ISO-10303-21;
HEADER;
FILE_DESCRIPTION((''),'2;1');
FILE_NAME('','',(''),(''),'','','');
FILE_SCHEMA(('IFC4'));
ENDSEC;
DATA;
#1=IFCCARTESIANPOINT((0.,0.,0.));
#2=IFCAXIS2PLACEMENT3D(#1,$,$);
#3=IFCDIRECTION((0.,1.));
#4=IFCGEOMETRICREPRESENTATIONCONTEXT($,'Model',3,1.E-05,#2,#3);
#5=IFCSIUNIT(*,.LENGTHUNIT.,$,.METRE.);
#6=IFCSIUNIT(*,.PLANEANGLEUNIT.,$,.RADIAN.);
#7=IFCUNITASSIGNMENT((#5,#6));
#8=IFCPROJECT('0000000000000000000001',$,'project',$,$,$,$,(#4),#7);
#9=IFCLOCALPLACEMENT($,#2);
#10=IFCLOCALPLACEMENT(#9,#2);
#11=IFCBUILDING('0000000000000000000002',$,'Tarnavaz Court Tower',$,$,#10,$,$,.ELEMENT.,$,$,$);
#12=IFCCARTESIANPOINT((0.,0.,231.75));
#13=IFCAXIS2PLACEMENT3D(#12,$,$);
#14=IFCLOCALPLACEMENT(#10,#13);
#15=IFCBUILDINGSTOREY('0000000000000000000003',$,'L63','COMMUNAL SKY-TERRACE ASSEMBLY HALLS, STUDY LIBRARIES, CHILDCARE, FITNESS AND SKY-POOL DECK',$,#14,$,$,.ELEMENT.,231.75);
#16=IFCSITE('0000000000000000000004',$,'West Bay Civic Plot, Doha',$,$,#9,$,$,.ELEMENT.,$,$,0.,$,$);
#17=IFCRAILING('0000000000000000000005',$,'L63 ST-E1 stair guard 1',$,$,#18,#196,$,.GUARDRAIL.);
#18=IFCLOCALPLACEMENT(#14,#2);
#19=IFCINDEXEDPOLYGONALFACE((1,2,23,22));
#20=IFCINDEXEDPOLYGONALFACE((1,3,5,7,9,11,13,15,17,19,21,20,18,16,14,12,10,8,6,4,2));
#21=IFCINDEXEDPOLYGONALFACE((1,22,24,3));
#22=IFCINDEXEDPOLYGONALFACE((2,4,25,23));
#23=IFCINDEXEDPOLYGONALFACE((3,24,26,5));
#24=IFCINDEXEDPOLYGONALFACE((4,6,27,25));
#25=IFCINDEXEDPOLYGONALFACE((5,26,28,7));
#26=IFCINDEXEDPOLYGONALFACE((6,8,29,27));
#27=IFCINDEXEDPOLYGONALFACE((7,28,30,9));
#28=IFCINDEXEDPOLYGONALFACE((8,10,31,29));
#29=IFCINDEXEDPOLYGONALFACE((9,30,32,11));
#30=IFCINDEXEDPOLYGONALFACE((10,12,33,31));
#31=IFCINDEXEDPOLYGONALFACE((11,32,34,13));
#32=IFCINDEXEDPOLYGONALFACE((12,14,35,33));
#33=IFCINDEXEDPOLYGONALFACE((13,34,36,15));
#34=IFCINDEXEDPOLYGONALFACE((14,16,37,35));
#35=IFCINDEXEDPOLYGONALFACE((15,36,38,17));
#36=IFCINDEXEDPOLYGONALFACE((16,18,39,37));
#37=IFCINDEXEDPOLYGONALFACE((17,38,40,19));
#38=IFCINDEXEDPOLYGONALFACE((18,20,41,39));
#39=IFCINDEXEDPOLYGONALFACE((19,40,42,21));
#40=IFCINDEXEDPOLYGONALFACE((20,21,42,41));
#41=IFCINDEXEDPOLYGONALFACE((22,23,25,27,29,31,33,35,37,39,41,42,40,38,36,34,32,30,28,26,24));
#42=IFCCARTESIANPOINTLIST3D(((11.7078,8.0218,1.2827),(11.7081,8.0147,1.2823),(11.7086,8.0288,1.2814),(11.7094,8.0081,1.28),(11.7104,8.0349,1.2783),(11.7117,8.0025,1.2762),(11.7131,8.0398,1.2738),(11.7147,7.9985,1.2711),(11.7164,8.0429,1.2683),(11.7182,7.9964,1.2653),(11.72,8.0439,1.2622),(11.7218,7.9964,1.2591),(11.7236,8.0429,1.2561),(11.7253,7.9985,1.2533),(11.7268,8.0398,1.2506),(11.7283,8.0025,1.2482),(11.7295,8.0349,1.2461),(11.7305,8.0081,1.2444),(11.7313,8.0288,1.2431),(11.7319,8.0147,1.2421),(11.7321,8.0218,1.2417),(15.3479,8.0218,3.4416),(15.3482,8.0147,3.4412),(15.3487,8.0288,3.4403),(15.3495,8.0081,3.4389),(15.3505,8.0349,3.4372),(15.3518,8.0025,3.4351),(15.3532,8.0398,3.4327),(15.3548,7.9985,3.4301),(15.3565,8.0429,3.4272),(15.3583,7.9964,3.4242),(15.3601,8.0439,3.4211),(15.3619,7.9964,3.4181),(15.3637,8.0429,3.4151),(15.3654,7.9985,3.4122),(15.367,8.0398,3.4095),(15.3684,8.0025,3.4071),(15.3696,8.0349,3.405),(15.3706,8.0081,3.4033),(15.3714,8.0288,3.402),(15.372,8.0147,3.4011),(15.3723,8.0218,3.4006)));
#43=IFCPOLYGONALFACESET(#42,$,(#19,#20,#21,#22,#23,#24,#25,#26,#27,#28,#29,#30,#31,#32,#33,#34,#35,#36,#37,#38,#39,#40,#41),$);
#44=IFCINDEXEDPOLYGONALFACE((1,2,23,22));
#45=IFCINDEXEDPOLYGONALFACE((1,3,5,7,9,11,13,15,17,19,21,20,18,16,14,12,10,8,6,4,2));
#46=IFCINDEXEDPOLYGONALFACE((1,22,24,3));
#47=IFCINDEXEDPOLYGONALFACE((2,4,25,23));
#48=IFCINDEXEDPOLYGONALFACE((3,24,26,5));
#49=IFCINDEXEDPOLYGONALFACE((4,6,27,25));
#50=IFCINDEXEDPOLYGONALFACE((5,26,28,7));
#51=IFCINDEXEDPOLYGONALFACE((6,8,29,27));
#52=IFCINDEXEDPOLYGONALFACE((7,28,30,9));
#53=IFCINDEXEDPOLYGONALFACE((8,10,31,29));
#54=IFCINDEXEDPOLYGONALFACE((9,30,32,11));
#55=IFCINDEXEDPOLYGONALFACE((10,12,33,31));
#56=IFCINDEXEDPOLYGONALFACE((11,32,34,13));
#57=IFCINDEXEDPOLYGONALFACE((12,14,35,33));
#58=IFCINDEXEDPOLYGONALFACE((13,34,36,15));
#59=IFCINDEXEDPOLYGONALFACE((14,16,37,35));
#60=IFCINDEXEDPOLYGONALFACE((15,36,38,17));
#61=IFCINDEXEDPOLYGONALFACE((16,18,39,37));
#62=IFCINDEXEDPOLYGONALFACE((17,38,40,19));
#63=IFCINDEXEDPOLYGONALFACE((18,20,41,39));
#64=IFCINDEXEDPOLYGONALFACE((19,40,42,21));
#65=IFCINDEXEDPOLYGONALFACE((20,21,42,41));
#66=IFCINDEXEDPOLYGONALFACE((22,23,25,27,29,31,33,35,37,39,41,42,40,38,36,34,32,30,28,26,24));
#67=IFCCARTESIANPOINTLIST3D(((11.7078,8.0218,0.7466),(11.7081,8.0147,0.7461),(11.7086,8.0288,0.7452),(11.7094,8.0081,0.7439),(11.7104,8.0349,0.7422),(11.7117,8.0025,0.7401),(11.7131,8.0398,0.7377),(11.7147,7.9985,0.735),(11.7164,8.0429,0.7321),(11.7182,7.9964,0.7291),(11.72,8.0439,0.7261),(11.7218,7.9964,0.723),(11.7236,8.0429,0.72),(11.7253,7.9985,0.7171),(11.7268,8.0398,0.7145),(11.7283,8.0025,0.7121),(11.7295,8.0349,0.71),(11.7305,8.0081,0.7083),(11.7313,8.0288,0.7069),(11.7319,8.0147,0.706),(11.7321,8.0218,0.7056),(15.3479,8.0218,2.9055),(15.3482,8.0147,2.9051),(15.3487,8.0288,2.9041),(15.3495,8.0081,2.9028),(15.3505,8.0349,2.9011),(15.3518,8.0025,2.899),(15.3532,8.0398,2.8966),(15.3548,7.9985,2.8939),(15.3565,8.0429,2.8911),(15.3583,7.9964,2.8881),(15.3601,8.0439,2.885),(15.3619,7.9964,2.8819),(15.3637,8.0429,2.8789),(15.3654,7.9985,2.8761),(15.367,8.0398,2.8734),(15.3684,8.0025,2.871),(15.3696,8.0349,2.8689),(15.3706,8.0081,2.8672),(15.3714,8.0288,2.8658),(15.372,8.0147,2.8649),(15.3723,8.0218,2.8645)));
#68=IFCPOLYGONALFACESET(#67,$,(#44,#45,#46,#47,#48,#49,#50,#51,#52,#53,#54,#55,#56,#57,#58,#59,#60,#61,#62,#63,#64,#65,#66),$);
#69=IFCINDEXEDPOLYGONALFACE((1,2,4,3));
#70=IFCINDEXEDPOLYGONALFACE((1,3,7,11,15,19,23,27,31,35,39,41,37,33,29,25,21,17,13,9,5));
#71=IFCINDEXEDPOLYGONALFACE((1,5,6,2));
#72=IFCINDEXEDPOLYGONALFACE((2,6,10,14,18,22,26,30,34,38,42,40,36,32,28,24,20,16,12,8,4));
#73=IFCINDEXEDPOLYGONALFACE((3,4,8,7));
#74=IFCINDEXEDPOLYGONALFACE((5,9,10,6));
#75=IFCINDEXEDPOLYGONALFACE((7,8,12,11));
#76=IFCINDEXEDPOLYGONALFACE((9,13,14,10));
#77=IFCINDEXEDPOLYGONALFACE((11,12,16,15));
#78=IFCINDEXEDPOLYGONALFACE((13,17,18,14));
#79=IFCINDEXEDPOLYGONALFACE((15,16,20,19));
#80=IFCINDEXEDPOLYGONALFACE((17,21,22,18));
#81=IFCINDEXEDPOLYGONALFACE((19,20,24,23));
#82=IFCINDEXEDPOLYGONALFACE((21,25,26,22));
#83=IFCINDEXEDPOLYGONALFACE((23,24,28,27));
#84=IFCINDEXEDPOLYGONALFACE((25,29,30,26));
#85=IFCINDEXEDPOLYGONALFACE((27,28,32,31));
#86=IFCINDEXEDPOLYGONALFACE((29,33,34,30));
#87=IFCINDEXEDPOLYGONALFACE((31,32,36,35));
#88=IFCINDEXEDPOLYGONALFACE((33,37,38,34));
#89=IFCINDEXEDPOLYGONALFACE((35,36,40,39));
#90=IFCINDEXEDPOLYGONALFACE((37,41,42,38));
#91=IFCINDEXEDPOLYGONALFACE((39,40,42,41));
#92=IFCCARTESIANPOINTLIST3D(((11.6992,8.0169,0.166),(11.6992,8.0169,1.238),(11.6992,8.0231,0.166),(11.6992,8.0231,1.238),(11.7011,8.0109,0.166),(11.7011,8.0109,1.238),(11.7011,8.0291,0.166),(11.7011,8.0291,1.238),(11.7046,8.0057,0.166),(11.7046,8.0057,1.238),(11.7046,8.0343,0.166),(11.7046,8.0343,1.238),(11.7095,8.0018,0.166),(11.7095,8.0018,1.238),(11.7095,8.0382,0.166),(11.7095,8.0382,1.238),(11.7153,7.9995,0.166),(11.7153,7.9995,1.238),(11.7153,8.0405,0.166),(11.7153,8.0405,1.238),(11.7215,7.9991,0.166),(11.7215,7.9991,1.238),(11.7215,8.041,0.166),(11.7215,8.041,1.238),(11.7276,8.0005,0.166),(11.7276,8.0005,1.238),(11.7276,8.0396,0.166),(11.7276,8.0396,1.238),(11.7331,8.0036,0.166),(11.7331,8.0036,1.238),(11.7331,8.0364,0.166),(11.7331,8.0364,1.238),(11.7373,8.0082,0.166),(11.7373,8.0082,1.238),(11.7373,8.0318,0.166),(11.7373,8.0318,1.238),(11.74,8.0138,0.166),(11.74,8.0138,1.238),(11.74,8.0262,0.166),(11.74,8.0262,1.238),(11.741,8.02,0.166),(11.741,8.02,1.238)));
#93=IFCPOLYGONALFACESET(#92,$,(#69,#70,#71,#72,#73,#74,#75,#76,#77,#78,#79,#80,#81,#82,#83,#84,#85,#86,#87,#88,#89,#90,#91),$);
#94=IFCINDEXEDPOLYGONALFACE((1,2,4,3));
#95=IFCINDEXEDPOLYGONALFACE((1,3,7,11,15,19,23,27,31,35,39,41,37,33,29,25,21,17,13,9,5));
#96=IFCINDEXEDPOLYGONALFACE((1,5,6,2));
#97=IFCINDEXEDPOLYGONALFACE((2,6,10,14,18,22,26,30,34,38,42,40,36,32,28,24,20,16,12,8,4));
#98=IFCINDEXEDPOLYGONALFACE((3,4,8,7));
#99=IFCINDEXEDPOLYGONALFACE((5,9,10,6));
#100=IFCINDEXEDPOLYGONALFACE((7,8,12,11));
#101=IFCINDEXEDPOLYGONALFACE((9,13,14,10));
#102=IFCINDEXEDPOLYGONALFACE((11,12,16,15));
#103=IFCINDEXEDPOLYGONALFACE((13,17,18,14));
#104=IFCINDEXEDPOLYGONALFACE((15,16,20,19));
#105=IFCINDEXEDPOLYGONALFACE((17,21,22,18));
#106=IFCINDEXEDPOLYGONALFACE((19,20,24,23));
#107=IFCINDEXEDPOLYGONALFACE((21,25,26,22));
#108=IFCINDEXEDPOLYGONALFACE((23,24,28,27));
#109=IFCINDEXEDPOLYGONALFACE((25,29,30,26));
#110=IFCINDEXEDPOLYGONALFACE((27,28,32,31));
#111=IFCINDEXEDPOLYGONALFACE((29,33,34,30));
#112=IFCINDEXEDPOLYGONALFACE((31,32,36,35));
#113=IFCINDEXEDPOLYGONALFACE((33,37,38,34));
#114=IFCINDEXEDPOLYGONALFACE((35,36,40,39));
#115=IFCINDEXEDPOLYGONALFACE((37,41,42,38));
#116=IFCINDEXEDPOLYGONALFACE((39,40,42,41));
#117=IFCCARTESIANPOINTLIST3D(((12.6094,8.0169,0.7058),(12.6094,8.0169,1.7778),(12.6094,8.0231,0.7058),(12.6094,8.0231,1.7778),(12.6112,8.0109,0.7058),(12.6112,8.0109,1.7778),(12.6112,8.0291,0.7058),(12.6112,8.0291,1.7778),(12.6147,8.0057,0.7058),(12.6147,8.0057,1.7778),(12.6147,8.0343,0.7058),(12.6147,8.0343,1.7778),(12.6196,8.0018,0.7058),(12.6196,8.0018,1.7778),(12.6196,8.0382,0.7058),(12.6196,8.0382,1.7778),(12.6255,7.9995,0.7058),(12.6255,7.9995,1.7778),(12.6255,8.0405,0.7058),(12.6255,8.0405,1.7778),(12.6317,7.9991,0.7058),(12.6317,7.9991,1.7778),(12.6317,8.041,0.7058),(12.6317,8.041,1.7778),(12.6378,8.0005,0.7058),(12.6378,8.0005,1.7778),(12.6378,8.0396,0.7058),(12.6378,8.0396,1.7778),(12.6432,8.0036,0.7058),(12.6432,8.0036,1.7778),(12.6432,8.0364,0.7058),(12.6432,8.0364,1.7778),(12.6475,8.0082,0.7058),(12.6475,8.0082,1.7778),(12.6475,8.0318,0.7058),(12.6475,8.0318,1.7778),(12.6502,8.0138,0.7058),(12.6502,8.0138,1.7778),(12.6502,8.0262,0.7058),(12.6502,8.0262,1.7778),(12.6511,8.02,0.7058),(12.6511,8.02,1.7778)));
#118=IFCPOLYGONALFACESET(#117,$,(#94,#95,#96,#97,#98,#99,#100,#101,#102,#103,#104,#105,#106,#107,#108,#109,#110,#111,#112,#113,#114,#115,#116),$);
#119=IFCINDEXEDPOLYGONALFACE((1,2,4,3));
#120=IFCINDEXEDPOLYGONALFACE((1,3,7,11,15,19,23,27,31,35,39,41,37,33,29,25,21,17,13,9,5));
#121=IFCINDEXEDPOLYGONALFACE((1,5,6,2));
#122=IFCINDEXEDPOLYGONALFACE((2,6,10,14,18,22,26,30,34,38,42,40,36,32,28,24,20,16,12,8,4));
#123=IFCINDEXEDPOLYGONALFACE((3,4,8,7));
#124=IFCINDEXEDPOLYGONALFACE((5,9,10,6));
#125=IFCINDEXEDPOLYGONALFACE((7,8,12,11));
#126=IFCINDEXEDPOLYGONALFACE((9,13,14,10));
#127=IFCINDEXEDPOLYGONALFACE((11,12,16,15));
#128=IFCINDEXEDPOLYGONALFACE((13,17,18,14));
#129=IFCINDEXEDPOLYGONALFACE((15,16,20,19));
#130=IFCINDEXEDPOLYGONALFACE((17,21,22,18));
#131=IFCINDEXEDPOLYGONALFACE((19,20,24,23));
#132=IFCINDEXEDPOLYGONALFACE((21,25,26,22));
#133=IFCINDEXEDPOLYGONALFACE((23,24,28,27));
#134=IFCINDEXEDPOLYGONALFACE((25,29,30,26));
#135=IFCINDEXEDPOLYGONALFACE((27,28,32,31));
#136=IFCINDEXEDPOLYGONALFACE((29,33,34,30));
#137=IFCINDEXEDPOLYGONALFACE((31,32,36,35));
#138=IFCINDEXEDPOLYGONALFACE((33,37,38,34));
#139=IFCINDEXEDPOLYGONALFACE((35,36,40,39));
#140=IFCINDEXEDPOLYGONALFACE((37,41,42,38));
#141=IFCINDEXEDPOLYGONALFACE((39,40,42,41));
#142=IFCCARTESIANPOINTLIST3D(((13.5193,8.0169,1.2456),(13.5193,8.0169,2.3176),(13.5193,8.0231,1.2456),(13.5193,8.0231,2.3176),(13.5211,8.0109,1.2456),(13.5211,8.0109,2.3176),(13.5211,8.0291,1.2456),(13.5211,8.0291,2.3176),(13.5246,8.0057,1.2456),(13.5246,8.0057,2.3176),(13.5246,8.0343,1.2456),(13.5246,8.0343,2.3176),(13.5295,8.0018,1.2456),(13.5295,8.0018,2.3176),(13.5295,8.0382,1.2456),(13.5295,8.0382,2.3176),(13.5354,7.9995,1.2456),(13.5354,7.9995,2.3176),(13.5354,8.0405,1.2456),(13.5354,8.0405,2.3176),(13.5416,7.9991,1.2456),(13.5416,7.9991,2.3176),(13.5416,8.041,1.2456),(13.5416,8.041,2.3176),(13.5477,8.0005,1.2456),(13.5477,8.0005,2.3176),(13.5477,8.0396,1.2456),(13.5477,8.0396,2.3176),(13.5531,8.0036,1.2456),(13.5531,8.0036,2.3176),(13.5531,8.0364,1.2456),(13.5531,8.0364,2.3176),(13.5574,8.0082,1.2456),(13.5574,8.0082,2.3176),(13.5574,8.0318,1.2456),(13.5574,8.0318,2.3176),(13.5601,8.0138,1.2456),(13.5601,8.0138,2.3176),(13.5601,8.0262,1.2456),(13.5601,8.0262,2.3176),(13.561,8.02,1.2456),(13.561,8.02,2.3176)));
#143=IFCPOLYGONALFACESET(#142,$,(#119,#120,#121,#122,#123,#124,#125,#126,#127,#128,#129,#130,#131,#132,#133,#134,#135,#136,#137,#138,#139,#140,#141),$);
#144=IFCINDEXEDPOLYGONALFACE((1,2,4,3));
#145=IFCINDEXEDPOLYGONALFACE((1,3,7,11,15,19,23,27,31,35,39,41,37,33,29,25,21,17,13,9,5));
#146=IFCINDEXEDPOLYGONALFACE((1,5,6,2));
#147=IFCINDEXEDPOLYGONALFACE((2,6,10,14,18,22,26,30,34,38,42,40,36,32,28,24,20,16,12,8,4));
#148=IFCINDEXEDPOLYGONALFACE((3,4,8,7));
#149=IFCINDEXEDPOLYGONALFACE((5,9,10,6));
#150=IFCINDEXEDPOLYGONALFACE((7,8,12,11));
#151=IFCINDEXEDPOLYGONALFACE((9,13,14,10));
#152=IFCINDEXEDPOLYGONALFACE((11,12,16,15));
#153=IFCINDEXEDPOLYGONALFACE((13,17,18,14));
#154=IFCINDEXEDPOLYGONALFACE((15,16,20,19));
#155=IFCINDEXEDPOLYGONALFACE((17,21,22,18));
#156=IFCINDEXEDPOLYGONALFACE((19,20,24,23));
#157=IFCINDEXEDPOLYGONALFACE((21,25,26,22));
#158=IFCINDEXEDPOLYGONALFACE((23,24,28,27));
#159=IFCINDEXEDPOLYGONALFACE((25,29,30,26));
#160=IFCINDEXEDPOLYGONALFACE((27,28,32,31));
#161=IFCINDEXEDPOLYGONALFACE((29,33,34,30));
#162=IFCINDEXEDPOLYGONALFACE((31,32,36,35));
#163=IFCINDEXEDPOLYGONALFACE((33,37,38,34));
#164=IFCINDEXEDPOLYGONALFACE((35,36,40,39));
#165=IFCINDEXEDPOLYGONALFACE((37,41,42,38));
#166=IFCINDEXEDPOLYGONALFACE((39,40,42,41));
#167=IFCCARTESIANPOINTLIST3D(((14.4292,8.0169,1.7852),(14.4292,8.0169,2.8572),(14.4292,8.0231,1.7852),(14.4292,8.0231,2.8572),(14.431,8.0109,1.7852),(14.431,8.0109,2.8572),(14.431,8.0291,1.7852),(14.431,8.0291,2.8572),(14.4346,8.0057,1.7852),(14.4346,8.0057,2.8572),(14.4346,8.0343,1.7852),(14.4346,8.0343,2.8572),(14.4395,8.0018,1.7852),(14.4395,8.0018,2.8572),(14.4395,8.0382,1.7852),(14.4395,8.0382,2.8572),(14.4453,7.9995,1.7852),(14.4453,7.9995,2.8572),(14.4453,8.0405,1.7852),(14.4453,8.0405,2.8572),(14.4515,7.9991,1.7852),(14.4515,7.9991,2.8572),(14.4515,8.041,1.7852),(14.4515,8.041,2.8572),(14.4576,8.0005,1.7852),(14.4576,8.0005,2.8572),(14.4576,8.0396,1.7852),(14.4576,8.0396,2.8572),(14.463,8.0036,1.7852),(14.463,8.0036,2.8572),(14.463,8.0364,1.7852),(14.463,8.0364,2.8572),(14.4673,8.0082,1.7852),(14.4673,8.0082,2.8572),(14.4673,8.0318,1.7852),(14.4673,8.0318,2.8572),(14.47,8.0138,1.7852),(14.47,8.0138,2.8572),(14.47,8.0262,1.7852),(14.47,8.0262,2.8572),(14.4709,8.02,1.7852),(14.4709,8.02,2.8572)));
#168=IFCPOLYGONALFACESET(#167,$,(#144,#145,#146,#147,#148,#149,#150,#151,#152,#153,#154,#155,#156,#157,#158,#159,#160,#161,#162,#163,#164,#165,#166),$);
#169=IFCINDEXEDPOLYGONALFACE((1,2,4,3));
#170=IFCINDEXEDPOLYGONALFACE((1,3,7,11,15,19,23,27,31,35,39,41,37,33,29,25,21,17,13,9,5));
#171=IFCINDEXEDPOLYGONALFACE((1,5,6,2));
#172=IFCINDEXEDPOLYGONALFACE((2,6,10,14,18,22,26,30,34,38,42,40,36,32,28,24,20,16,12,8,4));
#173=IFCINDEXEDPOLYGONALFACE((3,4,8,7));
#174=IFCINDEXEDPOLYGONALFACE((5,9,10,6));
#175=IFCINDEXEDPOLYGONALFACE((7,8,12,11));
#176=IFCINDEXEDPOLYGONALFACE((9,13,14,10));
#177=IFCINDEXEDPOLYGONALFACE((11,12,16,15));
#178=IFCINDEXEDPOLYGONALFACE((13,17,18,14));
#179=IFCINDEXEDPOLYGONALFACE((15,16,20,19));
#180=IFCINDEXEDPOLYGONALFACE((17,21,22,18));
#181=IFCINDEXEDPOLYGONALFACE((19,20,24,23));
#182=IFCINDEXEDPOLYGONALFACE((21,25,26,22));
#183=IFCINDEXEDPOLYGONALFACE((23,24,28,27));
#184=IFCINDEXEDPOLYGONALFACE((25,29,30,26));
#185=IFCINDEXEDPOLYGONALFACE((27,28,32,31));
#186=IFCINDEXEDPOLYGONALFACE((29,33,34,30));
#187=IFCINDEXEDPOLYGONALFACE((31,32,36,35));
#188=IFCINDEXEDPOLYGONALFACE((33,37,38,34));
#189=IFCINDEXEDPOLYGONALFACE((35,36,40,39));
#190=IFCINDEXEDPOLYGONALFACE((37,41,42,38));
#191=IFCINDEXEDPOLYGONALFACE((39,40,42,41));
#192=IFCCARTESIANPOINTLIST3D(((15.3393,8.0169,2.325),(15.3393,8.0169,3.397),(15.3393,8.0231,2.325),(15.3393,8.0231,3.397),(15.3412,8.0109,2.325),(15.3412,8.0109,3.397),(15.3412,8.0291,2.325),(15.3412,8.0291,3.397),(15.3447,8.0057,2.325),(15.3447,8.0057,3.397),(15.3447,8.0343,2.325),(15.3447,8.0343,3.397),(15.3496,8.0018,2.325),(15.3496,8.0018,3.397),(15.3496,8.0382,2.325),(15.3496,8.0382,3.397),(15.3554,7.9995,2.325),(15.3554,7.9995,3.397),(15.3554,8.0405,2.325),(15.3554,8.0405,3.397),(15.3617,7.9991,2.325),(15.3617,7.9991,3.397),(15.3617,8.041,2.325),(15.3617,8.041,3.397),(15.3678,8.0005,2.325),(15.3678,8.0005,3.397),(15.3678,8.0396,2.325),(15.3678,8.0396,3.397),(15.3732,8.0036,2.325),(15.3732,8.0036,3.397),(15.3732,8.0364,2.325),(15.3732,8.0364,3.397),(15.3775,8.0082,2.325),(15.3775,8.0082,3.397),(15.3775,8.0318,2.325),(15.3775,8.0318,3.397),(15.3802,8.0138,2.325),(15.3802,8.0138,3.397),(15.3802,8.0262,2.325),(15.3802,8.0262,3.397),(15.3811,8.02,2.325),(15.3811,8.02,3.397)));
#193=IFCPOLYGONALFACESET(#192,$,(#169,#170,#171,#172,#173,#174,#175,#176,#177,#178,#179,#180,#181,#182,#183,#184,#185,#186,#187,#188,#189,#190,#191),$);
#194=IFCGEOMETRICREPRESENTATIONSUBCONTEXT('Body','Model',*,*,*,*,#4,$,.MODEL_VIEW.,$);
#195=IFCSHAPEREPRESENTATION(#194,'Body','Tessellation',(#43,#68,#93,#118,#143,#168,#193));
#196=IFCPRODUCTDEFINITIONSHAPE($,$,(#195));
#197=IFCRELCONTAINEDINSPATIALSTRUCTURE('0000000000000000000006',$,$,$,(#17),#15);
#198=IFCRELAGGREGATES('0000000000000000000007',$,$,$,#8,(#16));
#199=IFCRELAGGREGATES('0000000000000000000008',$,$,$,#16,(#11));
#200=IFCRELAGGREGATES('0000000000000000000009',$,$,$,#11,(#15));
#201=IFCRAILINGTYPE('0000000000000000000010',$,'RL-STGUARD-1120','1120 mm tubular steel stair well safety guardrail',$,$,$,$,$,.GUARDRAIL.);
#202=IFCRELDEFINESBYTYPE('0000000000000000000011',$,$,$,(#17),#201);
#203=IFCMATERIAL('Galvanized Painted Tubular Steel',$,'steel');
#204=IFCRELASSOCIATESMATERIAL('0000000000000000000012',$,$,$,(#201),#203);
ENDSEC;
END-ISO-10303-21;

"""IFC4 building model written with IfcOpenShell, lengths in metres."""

from ifc_helpers import new_model, si_unit, direction, frame, origin, origin_2d, place, context, subcontext, project, spatial, circle, extrude, material, type_object, element, save


model = new_model("IFC4")

# Units and contexts
model_context = context("Model", 3, precision=1e-05, world=origin(), true_north=direction((0.0, 1.0)))
body_context = subcontext(model_context, "Body", "Model", "MODEL_VIEW")
ifc_project = project(units=[si_unit("LENGTHUNIT", "METRE"), si_unit("PLANEANGLEUNIT", "RADIAN")], contexts=[model_context])

# Site, building, storey
site_placement = place(None, origin())
site = spatial("IfcSite", under=ifc_project, at=site_placement, Name="West Bay Civic Plot, Doha", CompositionType="ELEMENT", RefElevation=0.0)
building_placement = place(site_placement, origin())
building = spatial("IfcBuilding", under=site, at=building_placement, Name="Tarnavaz Court Tower", CompositionType="ELEMENT")
storey_placement = place(building_placement, frame((0.0, 0.0, 231.75)))
storey = spatial("IfcBuildingStorey", under=building, at=storey_placement, Name="L63", Description="COMMUNAL SKY-TERRACE ASSEMBLY HALLS, STUDY LIBRARIES, CHILDCARE, FITNESS AND SKY-POOL DECK", CompositionType="ELEMENT", Elevation=231.75)

# Railing
ifc_material_1 = material(Name="Galvanized Painted Tubular Steel", Category="steel")
railing_type_1 = type_object("IfcRailingType", Name="RL-STGUARD-1120", Description="1120 mm tubular steel stair well safety guardrail", PredefinedType="GUARDRAIL", material=ifc_material_1)
railing_1_placement = place(storey_placement, frame((11.72, 8.02, 0.166)))
element("IfcRailing", 1, at=railing_1_placement, inside=storey, type_object=railing_type_1, Name="L63 ST-E1 stair guard 1", PredefinedType="GUARDRAIL", context=body_context, shape_type="SweptSolid", body=[
    extrude(circle(Radius=0.0239, at=origin_2d()), frame((0.0, 0.0, 1.0962), z_axis=(0.860103, 0.0, 0.51012), x_axis=(0.0, 1.0, 0.0)), (0.0, 0.0, 1.0), 4.2322),
    extrude(circle(Radius=0.0239, at=origin_2d()), frame((0.0, 0.0, 0.5601), z_axis=(0.860103, 0.0, 0.51012), x_axis=(0.0, 1.0, 0.0)), (0.0, 0.0, 1.0), 4.2322),
    extrude(circle(Radius=0.021, at=origin_2d()), origin(), (0.0, 0.0, 1.0), 1.072),
    extrude(circle(Radius=0.021, at=origin_2d()), frame((0.9102, 0.0, 0.5398)), (0.0, 0.0, 1.0), 1.072),
    extrude(circle(Radius=0.021, at=origin_2d()), frame((1.8201, 0.0, 1.0796)), (0.0, 0.0, 1.0), 1.072),
    extrude(circle(Radius=0.021, at=origin_2d()), frame((2.73, 0.0, 1.6191)), (0.0, 0.0, 1.0), 1.072),
    extrude(circle(Radius=0.021, at=origin_2d()), frame((3.6401, 0.0, 2.1589)), (0.0, 0.0, 1.0), 1.072),
])

save(model, "model.ifc")
